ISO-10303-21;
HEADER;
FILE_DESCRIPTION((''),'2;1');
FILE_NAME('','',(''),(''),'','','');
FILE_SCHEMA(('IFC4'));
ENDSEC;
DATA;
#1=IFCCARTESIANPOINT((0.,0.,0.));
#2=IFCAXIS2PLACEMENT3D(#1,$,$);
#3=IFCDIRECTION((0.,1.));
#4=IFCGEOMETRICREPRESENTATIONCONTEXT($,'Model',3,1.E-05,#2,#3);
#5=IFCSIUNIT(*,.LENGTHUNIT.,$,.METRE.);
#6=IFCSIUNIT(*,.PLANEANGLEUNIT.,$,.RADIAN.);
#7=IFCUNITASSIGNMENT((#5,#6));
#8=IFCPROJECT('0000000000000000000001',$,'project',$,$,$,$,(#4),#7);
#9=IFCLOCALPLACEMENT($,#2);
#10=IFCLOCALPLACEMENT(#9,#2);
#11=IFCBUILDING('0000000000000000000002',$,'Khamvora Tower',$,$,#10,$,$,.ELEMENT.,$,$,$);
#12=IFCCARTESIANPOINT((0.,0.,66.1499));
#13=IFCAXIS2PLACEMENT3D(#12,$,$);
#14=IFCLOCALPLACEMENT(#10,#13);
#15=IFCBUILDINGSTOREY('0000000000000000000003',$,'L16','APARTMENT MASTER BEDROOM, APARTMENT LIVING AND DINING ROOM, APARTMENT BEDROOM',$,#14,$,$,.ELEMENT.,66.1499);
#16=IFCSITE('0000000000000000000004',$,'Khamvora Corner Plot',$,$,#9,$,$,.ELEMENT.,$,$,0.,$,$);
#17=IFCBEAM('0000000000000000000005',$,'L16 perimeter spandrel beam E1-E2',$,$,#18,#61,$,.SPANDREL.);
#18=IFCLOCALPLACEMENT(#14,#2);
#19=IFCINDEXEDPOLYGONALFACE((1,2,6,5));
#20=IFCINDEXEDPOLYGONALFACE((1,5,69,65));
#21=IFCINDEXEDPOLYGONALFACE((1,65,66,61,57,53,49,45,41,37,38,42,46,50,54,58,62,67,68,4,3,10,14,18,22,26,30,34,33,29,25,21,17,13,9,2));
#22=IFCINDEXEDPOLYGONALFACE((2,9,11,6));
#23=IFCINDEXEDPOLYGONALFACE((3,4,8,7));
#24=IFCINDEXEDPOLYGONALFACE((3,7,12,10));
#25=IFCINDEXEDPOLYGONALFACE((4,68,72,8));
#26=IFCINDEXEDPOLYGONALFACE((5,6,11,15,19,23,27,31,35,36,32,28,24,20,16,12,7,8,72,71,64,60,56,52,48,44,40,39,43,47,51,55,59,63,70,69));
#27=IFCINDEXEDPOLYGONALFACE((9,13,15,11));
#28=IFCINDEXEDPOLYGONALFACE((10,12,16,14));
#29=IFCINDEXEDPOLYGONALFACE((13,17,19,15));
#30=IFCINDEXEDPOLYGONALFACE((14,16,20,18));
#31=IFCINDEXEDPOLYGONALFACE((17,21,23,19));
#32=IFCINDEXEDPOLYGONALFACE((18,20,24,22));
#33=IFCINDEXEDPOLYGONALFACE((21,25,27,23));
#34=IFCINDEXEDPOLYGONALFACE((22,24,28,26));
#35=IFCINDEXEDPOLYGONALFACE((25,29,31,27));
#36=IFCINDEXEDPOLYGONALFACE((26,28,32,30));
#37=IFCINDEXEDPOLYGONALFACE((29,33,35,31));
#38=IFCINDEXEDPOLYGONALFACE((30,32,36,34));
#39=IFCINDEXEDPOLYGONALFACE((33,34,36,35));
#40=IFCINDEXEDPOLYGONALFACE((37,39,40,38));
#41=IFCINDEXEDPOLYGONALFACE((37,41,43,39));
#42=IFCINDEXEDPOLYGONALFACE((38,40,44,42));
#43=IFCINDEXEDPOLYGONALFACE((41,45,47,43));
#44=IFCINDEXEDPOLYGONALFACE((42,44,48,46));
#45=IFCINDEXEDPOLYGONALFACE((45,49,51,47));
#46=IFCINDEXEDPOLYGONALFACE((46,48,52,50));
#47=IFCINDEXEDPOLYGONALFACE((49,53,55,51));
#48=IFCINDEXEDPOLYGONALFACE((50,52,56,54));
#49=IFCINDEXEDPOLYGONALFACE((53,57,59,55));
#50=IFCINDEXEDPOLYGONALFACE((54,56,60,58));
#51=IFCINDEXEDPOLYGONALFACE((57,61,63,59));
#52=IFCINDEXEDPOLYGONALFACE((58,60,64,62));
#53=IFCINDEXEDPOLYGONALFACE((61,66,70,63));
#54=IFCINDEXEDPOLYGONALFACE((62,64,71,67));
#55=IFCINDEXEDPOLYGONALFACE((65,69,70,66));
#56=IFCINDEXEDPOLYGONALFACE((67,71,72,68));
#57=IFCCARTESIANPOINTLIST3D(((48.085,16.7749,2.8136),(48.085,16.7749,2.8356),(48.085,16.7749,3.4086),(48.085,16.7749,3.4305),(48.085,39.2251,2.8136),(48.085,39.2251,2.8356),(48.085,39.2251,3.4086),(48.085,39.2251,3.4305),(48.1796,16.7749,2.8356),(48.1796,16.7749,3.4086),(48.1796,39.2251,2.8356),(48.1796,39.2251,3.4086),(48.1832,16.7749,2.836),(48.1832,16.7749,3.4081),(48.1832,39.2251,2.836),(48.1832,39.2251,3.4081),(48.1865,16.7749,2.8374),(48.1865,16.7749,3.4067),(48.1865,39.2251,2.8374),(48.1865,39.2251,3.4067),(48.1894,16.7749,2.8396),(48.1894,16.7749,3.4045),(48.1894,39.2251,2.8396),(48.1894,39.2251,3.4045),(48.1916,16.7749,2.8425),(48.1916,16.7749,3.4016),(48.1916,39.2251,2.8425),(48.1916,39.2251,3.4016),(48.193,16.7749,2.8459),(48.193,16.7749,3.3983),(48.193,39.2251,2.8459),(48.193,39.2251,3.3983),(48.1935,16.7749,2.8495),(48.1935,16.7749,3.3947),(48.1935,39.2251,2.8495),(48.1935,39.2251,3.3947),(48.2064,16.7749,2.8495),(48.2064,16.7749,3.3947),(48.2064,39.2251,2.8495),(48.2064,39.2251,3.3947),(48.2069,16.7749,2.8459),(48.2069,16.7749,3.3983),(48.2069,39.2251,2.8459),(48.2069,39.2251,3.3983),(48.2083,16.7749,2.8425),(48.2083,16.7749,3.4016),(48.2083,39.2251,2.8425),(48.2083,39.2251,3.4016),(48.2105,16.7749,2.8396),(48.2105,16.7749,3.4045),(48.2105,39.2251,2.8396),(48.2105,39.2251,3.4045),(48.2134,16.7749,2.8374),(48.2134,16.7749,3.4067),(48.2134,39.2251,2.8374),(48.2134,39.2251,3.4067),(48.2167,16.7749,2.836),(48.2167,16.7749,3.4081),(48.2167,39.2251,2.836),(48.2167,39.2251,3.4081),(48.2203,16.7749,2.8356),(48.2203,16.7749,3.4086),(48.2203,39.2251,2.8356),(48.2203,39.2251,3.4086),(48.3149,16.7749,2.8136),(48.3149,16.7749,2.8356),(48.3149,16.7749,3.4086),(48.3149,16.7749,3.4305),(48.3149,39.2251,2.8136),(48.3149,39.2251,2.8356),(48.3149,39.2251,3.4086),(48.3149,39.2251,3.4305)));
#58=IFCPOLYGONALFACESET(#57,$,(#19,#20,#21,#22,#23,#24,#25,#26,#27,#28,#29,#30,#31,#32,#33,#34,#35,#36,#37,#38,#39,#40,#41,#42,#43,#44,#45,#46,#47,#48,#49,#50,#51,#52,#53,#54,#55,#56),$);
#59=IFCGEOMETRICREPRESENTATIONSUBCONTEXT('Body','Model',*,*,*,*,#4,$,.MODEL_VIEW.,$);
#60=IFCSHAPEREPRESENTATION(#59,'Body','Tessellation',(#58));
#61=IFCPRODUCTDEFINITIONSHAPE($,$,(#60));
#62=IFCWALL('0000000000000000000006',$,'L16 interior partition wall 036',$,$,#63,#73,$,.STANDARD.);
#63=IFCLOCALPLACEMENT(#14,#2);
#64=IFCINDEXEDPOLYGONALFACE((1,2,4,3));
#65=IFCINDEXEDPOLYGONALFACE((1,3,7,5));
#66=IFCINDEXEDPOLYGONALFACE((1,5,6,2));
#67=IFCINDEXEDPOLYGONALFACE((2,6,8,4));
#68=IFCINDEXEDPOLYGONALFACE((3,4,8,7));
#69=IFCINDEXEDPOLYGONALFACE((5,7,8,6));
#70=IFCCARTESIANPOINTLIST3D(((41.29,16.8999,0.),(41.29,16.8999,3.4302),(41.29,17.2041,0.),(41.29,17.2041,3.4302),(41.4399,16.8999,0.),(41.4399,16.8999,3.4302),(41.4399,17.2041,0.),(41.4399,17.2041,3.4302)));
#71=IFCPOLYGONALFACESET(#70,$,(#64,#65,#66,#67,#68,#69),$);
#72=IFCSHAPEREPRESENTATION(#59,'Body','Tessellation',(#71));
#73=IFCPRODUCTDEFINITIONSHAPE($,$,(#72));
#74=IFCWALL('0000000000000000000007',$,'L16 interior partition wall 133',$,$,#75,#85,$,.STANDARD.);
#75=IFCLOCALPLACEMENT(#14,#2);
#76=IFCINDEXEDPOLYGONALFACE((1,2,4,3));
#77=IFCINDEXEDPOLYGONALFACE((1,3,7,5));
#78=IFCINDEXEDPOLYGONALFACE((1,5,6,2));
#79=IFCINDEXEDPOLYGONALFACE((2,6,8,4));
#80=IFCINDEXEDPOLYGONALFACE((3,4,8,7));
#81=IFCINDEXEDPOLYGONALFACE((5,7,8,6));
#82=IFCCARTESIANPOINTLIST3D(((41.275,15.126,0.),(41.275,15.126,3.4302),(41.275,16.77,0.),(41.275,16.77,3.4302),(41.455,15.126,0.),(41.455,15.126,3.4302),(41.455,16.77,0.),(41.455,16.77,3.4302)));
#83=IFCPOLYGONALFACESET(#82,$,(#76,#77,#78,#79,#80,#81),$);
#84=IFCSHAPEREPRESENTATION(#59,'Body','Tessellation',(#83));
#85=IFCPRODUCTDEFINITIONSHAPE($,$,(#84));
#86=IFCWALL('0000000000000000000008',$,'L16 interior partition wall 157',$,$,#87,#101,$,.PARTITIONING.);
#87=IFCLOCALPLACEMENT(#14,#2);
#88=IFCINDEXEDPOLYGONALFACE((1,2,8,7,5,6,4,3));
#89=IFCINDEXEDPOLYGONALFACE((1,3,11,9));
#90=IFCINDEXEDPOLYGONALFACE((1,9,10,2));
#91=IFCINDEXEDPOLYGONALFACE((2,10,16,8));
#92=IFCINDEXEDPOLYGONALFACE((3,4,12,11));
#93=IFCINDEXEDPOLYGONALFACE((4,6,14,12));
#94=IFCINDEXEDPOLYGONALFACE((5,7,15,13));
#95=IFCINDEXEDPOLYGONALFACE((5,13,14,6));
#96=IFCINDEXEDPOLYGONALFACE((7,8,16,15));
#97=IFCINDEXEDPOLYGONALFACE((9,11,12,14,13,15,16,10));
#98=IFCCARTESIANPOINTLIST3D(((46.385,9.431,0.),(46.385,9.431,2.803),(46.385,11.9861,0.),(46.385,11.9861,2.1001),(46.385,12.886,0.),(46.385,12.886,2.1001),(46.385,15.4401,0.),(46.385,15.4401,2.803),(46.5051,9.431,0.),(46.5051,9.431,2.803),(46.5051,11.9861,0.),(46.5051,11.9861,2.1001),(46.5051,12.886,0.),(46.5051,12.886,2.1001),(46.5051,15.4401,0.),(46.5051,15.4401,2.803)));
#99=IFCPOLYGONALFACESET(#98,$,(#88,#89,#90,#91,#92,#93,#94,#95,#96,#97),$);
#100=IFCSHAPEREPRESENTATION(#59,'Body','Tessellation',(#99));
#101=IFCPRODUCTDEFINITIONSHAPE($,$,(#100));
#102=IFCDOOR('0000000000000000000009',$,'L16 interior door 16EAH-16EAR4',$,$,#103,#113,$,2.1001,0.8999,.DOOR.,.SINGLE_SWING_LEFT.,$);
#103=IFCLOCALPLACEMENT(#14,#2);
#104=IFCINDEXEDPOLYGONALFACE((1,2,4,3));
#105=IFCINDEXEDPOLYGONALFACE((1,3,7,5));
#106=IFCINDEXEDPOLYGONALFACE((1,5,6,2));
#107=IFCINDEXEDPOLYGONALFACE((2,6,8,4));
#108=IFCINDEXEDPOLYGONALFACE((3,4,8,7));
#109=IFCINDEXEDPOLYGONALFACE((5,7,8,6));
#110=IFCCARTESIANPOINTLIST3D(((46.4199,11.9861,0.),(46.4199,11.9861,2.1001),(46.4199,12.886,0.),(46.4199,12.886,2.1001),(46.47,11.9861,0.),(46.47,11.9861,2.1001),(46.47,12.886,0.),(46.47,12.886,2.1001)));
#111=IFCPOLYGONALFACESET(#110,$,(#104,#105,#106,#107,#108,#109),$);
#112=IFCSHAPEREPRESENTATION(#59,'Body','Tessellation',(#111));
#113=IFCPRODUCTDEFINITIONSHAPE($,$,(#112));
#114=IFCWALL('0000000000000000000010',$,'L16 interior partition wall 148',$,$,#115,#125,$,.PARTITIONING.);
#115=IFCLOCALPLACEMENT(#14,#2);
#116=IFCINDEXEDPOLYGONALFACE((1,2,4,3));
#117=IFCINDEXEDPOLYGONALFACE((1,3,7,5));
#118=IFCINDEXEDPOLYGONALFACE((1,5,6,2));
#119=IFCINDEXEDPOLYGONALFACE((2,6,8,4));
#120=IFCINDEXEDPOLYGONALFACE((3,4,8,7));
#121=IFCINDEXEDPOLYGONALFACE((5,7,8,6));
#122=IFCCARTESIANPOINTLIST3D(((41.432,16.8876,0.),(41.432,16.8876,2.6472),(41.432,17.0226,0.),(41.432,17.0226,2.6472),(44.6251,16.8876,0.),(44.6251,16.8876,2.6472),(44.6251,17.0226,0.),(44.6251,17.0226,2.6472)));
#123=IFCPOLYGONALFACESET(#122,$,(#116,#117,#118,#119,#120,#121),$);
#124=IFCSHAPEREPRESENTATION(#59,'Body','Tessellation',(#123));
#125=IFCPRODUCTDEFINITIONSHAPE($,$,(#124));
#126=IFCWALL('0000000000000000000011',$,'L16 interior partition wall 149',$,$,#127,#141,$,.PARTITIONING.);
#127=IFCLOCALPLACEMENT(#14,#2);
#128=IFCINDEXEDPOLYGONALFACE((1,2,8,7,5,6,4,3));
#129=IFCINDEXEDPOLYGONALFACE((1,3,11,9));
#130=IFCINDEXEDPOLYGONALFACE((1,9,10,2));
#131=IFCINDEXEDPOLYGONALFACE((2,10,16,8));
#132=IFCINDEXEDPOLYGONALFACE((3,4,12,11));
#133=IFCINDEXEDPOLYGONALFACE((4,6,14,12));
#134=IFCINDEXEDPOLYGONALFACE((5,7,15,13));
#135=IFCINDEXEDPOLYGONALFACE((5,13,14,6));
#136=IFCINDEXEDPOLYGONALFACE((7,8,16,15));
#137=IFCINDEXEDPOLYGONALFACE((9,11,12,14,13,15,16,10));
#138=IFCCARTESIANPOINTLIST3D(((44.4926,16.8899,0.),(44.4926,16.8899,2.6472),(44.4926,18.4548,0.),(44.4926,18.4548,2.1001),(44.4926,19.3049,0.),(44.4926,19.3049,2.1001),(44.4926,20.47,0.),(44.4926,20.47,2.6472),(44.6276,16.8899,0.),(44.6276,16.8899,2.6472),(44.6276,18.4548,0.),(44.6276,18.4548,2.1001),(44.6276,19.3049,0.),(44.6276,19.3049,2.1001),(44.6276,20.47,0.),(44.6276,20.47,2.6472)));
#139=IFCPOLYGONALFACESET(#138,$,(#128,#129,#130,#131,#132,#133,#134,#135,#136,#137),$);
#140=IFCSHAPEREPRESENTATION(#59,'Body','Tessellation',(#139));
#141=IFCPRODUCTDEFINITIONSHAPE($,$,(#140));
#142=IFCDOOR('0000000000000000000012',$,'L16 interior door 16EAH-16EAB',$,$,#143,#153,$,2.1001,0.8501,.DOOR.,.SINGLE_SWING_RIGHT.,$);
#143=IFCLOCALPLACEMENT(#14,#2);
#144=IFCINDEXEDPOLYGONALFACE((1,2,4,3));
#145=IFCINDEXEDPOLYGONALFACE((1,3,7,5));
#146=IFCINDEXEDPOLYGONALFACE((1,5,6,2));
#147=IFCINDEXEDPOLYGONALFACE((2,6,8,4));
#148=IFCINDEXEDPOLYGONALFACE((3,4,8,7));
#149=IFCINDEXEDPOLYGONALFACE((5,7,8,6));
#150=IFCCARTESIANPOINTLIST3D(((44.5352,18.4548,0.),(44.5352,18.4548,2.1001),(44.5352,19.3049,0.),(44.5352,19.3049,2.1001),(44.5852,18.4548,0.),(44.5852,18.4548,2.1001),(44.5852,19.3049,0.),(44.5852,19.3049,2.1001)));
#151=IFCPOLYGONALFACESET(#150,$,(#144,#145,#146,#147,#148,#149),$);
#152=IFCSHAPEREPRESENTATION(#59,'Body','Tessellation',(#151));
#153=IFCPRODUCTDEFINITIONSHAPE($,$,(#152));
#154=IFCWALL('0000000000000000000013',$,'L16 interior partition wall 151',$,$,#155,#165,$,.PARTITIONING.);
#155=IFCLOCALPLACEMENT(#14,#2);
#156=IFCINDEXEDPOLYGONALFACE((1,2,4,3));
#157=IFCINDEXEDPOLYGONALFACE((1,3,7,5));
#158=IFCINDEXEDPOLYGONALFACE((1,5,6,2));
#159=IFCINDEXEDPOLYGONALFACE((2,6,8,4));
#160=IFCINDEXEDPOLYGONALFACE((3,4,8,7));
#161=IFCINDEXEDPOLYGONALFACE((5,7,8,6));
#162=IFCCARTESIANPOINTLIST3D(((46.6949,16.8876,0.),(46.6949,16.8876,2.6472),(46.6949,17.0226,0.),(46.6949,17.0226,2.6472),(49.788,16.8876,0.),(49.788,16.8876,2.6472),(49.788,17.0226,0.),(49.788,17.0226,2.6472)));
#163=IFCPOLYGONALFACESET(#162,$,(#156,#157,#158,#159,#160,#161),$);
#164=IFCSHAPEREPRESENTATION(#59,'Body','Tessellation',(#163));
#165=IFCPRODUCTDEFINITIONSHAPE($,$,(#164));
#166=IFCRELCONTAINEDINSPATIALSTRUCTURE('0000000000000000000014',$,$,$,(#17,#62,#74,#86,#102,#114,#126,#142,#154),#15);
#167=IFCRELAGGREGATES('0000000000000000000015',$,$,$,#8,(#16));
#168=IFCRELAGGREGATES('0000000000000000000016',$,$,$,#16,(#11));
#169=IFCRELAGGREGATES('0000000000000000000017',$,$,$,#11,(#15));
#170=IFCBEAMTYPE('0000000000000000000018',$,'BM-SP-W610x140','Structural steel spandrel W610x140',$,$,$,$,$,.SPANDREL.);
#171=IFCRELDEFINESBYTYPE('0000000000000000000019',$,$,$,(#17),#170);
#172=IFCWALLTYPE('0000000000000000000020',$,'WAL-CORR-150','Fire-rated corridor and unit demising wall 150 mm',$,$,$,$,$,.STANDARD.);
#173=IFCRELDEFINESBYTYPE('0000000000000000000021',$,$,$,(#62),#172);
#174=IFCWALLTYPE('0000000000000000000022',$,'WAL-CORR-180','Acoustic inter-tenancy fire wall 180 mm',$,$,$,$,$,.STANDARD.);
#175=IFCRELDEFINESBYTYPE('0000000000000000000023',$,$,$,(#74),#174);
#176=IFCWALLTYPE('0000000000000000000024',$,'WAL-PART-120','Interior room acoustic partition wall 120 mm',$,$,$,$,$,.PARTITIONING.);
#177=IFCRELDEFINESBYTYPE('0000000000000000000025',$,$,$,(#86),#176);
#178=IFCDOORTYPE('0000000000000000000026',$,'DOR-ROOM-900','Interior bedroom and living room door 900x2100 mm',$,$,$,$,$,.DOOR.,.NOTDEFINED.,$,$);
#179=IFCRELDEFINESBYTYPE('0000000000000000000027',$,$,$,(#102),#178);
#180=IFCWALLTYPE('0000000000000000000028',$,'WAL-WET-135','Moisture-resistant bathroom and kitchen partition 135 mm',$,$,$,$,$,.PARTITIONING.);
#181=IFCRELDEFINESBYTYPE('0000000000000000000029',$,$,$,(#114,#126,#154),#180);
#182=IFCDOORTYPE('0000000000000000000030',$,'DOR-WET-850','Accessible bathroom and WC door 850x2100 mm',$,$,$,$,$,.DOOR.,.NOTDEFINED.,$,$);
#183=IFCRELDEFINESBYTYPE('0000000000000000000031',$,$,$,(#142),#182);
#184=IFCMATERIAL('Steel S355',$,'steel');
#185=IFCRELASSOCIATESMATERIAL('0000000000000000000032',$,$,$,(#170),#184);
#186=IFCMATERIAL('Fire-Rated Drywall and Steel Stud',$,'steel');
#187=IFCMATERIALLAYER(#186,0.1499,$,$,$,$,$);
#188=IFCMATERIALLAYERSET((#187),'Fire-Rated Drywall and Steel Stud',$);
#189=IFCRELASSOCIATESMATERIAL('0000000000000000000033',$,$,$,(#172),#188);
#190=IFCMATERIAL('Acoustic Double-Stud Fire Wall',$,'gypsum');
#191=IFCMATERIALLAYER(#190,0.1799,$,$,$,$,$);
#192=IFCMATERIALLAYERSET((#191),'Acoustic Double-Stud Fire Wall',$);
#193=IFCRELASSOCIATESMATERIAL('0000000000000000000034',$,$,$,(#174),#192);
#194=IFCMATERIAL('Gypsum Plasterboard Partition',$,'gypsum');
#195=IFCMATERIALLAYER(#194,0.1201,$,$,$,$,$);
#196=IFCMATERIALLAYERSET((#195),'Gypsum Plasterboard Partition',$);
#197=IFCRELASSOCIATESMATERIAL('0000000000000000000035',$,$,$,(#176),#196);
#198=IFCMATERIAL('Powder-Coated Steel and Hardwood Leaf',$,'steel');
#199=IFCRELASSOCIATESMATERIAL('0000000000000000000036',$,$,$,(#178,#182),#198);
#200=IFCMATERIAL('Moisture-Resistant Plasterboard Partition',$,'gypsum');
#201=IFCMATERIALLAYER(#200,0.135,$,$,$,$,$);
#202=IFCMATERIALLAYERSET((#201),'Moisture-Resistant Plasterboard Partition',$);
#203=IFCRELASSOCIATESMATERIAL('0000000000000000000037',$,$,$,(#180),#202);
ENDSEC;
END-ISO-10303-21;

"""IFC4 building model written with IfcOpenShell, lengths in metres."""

from ifc_helpers import new_model, si_unit, direction, frame, frame_2d, origin, origin_2d, place, context, subcontext, project, spatial, rectangle, i_section, extrude, material, layer, layer_set, material_profile, profile_set, type_object, element, fill, save


model = new_model("IFC4")

# Units and contexts
model_context = context("Model", 3, precision=1e-05, world=origin(), true_north=direction((0.0, 1.0)))
body_context = subcontext(model_context, "Body", "Model", "MODEL_VIEW")
ifc_project = project(units=[si_unit("LENGTHUNIT", "METRE"), si_unit("PLANEANGLEUNIT", "RADIAN")], contexts=[model_context])

# Site, building, storey
site_placement = place(None, origin())
site = spatial("IfcSite", under=ifc_project, at=site_placement, Name="Khamvora Corner Plot", CompositionType="ELEMENT", RefElevation=0.0)
building_placement = place(site_placement, origin())
building = spatial("IfcBuilding", under=site, at=building_placement, Name="Khamvora Tower", CompositionType="ELEMENT")
storey_placement = place(building_placement, frame((0.0, 0.0, 66.1499)))
storey = spatial("IfcBuildingStorey", under=building, at=storey_placement, Name="L16", Description="APARTMENT MASTER BEDROOM, APARTMENT LIVING AND DINING ROOM, APARTMENT BEDROOM", CompositionType="ELEMENT", Elevation=66.1499)

# Beam
ifc_material_1 = material(Name="Steel S355", Category="steel")
ifc_material_profile_1 = material_profile(ifc_material_1, i_section(OverallWidth=0.23, OverallDepth=0.6169, WebThickness=0.0129, FlangeThickness=0.022, FilletRadius=0.0139, at=origin_2d()), Name="W610x140")
ifc_profile_set_1 = profile_set([ifc_material_profile_1], Name="Steel S355")
beam_type_1 = type_object("IfcBeamType", Name="BM-SP-W610x140", Description="Structural steel spandrel W610x140", PredefinedType="SPANDREL", material=ifc_profile_set_1)
beam_1_placement = place(storey_placement, frame((48.2, 16.7749, 3.1221), z_axis=(0.0, 1.0, 0.0), x_axis=(-1.0, 0.0, 0.0)))
element("IfcBeam", 1, at=beam_1_placement, inside=storey, type_object=beam_type_1, Name="L16 perimeter spandrel beam E1-E2", PredefinedType="SPANDREL", context=body_context, shape_type="SweptSolid", body=[
    extrude(i_section(OverallWidth=0.23, OverallDepth=0.6169, WebThickness=0.0129, FlangeThickness=0.022, FilletRadius=0.0139, at=origin_2d()), origin(), (0.0, 0.0, 1.0), 22.4502),
])

# Walls
ifc_material_2 = material(Name="Fire-Rated Drywall and Steel Stud", Category="steel")
ifc_layer_1 = layer(ifc_material_2, 0.1499)
ifc_layer_set_1 = layer_set([ifc_layer_1], Name="Fire-Rated Drywall and Steel Stud")
wall_type_1 = type_object("IfcWallType", Name="WAL-CORR-150", Description="Fire-rated corridor and unit demising wall 150 mm", PredefinedType="STANDARD", material=ifc_layer_set_1)
wall_1_placement = place(storey_placement, frame((41.365, 17.2041, 0.0), z_axis=(0.0, 0.0, 1.0), x_axis=(0.0, -1.0, 0.0)))
element("IfcWall", 2, at=wall_1_placement, inside=storey, type_object=wall_type_1, Name="L16 interior partition wall 036", PredefinedType="STANDARD", context=body_context, shape_type="SweptSolid", body=[
    extrude(rectangle(XDim=0.3042, YDim=0.1499, at=frame_2d((0.1521, 0.0))), origin(), (0.0, 0.0, 1.0), 3.4302),
])
ifc_material_3 = material(Name="Acoustic Double-Stud Fire Wall", Category="gypsum")
ifc_layer_2 = layer(ifc_material_3, 0.1799)
ifc_layer_set_2 = layer_set([ifc_layer_2], Name="Acoustic Double-Stud Fire Wall")
wall_type_2 = type_object("IfcWallType", Name="WAL-CORR-180", Description="Acoustic inter-tenancy fire wall 180 mm", PredefinedType="STANDARD", material=ifc_layer_set_2)
wall_2_placement = place(storey_placement, frame((41.365, 16.77, 0.0), z_axis=(0.0, 0.0, 1.0), x_axis=(0.0, -1.0, 0.0)))
element("IfcWall", 3, at=wall_2_placement, inside=storey, type_object=wall_type_2, Name="L16 interior partition wall 133", PredefinedType="STANDARD", context=body_context, shape_type="SweptSolid", body=[
    extrude(rectangle(XDim=1.644, YDim=0.1799, at=frame_2d((0.822, 0.0))), origin(), (0.0, 0.0, 1.0), 3.4302),
])

# Wall, opening, door
ifc_material_4 = material(Name="Gypsum Plasterboard Partition", Category="gypsum")
ifc_layer_3 = layer(ifc_material_4, 0.1201)
ifc_layer_set_3 = layer_set([ifc_layer_3], Name="Gypsum Plasterboard Partition")
wall_type_3 = type_object("IfcWallType", Name="WAL-PART-120", Description="Interior room acoustic partition wall 120 mm", PredefinedType="PARTITIONING", material=ifc_layer_set_3)
wall_3_placement = place(storey_placement, frame((46.4451, 15.4399, 0.0), z_axis=(0.0, 0.0, 1.0), x_axis=(0.0, -1.0, 0.0)))
wall_3 = element("IfcWall", 4, at=wall_3_placement, inside=storey, type_object=wall_type_3, Name="L16 interior partition wall 157", PredefinedType="PARTITIONING", context=body_context, shape_type="SweptSolid", body=[
    extrude(rectangle(XDim=6.009, YDim=0.1201, at=frame_2d((3.0044, 0.0))), origin(), (0.0, 0.0, 1.0), 2.803),
])
opening_1_placement = place(wall_3_placement, frame((2.554, 0.0, 0.0)))
opening_1 = element("IfcOpeningElement", 5, at=opening_1_placement, cuts=wall_3, PredefinedType="OPENING", context=body_context, shape_type="SweptSolid", body=[
    extrude(rectangle(XDim=0.8999, YDim=2.1001, at=frame_2d((0.45, 1.05))), frame((0.0, 0.0701, 0.0), z_axis=(0.0, -1.0, 0.0), x_axis=(1.0, 0.0, 0.0)), (0.0, 0.0, 1.0), 0.1401),
])
ifc_material_5 = material(Name="Powder-Coated Steel and Hardwood Leaf", Category="steel")
door_type_1 = type_object("IfcDoorType", Name="DOR-ROOM-900", Description="Interior bedroom and living room door 900x2100 mm", OperationType="NOTDEFINED", PredefinedType="DOOR", material=ifc_material_5)
door_1_placement = place(opening_1_placement, origin())
door_1 = element("IfcDoor", 6, at=door_1_placement, inside=storey, type_object=door_type_1, Name="L16 interior door 16EAH-16EAR4", OperationType="SINGLE_SWING_LEFT", OverallHeight=2.1001, OverallWidth=0.8999, PredefinedType="DOOR", context=body_context, shape_type="SweptSolid", body=[
    extrude(rectangle(XDim=0.8999, YDim=2.1001, at=frame_2d((0.45, 1.05))), frame((0.0, 0.0249, 0.0), z_axis=(0.0, -1.0, 0.0), x_axis=(1.0, 0.0, 0.0)), (0.0, 0.0, 1.0), 0.05),
])
fill(opening_1, door_1)

# Wall
ifc_material_6 = material(Name="Moisture-Resistant Plasterboard Partition", Category="gypsum")
ifc_layer_4 = layer(ifc_material_6, 0.135)
ifc_layer_set_4 = layer_set([ifc_layer_4], Name="Moisture-Resistant Plasterboard Partition")
wall_type_4 = type_object("IfcWallType", Name="WAL-WET-135", Description="Moisture-resistant bathroom and kitchen partition 135 mm", PredefinedType="PARTITIONING", material=ifc_layer_set_4)
wall_4_placement = place(storey_placement, frame((41.4319, 16.9551, 0.0), z_axis=(0.0, 0.0, 1.0), x_axis=(1.0, 0.0, 0.0)))
element("IfcWall", 7, at=wall_4_placement, inside=storey, type_object=wall_type_4, Name="L16 interior partition wall 148", PredefinedType="PARTITIONING", context=body_context, shape_type="SweptSolid", body=[
    extrude(rectangle(XDim=3.1931, YDim=0.135, at=frame_2d((1.5967, 0.0))), origin(), (0.0, 0.0, 1.0), 2.6472),
])

# Wall, opening, door
wall_5_placement = place(storey_placement, frame((44.5601, 16.8899, 0.0), z_axis=(0.0, 0.0, 1.0), x_axis=(0.0, 1.0, 0.0)))
wall_5 = element("IfcWall", 8, at=wall_5_placement, inside=storey, type_object=wall_type_4, Name="L16 interior partition wall 149", PredefinedType="PARTITIONING", context=body_context, shape_type="SweptSolid", body=[
    extrude(rectangle(XDim=3.5801, YDim=0.135, at=frame_2d((1.79, 0.0))), origin(), (0.0, 0.0, 1.0), 2.6472),
])
opening_2_placement = place(wall_5_placement, frame((1.5649, 0.0, 0.0)))
opening_2 = element("IfcOpeningElement", 9, at=opening_2_placement, cuts=wall_5, PredefinedType="OPENING", context=body_context, shape_type="SweptSolid", body=[
    extrude(rectangle(XDim=0.8501, YDim=2.1001, at=frame_2d((0.425, 1.05))), frame((0.0, 0.0774, 0.0), z_axis=(0.0, -1.0, 0.0), x_axis=(1.0, 0.0, 0.0)), (0.0, 0.0, 1.0), 0.155),
])
door_type_2 = type_object("IfcDoorType", Name="DOR-WET-850", Description="Accessible bathroom and WC door 850x2100 mm", OperationType="NOTDEFINED", PredefinedType="DOOR", material=ifc_material_5)
door_2_placement = place(opening_2_placement, origin())
door_2 = element("IfcDoor", 10, at=door_2_placement, inside=storey, type_object=door_type_2, Name="L16 interior door 16EAH-16EAB", OperationType="SINGLE_SWING_RIGHT", OverallHeight=2.1001, OverallWidth=0.8501, PredefinedType="DOOR", context=body_context, shape_type="SweptSolid", body=[
    extrude(rectangle(XDim=0.8501, YDim=2.1001, at=frame_2d((0.425, 1.05))), frame((0.0, 0.0249, 0.0), z_axis=(0.0, -1.0, 0.0), x_axis=(1.0, 0.0, 0.0)), (0.0, 0.0, 1.0), 0.05),
])
fill(opening_2, door_2)

# Wall
wall_6_placement = place(storey_placement, frame((46.6951, 16.9551, 0.0), z_axis=(0.0, 0.0, 1.0), x_axis=(1.0, 0.0, 0.0)))
element("IfcWall", 11, at=wall_6_placement, inside=storey, type_object=wall_type_4, Name="L16 interior partition wall 151", PredefinedType="PARTITIONING", context=body_context, shape_type="SweptSolid", body=[
    extrude(rectangle(XDim=3.093, YDim=0.135, at=frame_2d((1.5464, 0.0))), origin(), (0.0, 0.0, 1.0), 2.6472),
])

save(model, "model.ifc")
